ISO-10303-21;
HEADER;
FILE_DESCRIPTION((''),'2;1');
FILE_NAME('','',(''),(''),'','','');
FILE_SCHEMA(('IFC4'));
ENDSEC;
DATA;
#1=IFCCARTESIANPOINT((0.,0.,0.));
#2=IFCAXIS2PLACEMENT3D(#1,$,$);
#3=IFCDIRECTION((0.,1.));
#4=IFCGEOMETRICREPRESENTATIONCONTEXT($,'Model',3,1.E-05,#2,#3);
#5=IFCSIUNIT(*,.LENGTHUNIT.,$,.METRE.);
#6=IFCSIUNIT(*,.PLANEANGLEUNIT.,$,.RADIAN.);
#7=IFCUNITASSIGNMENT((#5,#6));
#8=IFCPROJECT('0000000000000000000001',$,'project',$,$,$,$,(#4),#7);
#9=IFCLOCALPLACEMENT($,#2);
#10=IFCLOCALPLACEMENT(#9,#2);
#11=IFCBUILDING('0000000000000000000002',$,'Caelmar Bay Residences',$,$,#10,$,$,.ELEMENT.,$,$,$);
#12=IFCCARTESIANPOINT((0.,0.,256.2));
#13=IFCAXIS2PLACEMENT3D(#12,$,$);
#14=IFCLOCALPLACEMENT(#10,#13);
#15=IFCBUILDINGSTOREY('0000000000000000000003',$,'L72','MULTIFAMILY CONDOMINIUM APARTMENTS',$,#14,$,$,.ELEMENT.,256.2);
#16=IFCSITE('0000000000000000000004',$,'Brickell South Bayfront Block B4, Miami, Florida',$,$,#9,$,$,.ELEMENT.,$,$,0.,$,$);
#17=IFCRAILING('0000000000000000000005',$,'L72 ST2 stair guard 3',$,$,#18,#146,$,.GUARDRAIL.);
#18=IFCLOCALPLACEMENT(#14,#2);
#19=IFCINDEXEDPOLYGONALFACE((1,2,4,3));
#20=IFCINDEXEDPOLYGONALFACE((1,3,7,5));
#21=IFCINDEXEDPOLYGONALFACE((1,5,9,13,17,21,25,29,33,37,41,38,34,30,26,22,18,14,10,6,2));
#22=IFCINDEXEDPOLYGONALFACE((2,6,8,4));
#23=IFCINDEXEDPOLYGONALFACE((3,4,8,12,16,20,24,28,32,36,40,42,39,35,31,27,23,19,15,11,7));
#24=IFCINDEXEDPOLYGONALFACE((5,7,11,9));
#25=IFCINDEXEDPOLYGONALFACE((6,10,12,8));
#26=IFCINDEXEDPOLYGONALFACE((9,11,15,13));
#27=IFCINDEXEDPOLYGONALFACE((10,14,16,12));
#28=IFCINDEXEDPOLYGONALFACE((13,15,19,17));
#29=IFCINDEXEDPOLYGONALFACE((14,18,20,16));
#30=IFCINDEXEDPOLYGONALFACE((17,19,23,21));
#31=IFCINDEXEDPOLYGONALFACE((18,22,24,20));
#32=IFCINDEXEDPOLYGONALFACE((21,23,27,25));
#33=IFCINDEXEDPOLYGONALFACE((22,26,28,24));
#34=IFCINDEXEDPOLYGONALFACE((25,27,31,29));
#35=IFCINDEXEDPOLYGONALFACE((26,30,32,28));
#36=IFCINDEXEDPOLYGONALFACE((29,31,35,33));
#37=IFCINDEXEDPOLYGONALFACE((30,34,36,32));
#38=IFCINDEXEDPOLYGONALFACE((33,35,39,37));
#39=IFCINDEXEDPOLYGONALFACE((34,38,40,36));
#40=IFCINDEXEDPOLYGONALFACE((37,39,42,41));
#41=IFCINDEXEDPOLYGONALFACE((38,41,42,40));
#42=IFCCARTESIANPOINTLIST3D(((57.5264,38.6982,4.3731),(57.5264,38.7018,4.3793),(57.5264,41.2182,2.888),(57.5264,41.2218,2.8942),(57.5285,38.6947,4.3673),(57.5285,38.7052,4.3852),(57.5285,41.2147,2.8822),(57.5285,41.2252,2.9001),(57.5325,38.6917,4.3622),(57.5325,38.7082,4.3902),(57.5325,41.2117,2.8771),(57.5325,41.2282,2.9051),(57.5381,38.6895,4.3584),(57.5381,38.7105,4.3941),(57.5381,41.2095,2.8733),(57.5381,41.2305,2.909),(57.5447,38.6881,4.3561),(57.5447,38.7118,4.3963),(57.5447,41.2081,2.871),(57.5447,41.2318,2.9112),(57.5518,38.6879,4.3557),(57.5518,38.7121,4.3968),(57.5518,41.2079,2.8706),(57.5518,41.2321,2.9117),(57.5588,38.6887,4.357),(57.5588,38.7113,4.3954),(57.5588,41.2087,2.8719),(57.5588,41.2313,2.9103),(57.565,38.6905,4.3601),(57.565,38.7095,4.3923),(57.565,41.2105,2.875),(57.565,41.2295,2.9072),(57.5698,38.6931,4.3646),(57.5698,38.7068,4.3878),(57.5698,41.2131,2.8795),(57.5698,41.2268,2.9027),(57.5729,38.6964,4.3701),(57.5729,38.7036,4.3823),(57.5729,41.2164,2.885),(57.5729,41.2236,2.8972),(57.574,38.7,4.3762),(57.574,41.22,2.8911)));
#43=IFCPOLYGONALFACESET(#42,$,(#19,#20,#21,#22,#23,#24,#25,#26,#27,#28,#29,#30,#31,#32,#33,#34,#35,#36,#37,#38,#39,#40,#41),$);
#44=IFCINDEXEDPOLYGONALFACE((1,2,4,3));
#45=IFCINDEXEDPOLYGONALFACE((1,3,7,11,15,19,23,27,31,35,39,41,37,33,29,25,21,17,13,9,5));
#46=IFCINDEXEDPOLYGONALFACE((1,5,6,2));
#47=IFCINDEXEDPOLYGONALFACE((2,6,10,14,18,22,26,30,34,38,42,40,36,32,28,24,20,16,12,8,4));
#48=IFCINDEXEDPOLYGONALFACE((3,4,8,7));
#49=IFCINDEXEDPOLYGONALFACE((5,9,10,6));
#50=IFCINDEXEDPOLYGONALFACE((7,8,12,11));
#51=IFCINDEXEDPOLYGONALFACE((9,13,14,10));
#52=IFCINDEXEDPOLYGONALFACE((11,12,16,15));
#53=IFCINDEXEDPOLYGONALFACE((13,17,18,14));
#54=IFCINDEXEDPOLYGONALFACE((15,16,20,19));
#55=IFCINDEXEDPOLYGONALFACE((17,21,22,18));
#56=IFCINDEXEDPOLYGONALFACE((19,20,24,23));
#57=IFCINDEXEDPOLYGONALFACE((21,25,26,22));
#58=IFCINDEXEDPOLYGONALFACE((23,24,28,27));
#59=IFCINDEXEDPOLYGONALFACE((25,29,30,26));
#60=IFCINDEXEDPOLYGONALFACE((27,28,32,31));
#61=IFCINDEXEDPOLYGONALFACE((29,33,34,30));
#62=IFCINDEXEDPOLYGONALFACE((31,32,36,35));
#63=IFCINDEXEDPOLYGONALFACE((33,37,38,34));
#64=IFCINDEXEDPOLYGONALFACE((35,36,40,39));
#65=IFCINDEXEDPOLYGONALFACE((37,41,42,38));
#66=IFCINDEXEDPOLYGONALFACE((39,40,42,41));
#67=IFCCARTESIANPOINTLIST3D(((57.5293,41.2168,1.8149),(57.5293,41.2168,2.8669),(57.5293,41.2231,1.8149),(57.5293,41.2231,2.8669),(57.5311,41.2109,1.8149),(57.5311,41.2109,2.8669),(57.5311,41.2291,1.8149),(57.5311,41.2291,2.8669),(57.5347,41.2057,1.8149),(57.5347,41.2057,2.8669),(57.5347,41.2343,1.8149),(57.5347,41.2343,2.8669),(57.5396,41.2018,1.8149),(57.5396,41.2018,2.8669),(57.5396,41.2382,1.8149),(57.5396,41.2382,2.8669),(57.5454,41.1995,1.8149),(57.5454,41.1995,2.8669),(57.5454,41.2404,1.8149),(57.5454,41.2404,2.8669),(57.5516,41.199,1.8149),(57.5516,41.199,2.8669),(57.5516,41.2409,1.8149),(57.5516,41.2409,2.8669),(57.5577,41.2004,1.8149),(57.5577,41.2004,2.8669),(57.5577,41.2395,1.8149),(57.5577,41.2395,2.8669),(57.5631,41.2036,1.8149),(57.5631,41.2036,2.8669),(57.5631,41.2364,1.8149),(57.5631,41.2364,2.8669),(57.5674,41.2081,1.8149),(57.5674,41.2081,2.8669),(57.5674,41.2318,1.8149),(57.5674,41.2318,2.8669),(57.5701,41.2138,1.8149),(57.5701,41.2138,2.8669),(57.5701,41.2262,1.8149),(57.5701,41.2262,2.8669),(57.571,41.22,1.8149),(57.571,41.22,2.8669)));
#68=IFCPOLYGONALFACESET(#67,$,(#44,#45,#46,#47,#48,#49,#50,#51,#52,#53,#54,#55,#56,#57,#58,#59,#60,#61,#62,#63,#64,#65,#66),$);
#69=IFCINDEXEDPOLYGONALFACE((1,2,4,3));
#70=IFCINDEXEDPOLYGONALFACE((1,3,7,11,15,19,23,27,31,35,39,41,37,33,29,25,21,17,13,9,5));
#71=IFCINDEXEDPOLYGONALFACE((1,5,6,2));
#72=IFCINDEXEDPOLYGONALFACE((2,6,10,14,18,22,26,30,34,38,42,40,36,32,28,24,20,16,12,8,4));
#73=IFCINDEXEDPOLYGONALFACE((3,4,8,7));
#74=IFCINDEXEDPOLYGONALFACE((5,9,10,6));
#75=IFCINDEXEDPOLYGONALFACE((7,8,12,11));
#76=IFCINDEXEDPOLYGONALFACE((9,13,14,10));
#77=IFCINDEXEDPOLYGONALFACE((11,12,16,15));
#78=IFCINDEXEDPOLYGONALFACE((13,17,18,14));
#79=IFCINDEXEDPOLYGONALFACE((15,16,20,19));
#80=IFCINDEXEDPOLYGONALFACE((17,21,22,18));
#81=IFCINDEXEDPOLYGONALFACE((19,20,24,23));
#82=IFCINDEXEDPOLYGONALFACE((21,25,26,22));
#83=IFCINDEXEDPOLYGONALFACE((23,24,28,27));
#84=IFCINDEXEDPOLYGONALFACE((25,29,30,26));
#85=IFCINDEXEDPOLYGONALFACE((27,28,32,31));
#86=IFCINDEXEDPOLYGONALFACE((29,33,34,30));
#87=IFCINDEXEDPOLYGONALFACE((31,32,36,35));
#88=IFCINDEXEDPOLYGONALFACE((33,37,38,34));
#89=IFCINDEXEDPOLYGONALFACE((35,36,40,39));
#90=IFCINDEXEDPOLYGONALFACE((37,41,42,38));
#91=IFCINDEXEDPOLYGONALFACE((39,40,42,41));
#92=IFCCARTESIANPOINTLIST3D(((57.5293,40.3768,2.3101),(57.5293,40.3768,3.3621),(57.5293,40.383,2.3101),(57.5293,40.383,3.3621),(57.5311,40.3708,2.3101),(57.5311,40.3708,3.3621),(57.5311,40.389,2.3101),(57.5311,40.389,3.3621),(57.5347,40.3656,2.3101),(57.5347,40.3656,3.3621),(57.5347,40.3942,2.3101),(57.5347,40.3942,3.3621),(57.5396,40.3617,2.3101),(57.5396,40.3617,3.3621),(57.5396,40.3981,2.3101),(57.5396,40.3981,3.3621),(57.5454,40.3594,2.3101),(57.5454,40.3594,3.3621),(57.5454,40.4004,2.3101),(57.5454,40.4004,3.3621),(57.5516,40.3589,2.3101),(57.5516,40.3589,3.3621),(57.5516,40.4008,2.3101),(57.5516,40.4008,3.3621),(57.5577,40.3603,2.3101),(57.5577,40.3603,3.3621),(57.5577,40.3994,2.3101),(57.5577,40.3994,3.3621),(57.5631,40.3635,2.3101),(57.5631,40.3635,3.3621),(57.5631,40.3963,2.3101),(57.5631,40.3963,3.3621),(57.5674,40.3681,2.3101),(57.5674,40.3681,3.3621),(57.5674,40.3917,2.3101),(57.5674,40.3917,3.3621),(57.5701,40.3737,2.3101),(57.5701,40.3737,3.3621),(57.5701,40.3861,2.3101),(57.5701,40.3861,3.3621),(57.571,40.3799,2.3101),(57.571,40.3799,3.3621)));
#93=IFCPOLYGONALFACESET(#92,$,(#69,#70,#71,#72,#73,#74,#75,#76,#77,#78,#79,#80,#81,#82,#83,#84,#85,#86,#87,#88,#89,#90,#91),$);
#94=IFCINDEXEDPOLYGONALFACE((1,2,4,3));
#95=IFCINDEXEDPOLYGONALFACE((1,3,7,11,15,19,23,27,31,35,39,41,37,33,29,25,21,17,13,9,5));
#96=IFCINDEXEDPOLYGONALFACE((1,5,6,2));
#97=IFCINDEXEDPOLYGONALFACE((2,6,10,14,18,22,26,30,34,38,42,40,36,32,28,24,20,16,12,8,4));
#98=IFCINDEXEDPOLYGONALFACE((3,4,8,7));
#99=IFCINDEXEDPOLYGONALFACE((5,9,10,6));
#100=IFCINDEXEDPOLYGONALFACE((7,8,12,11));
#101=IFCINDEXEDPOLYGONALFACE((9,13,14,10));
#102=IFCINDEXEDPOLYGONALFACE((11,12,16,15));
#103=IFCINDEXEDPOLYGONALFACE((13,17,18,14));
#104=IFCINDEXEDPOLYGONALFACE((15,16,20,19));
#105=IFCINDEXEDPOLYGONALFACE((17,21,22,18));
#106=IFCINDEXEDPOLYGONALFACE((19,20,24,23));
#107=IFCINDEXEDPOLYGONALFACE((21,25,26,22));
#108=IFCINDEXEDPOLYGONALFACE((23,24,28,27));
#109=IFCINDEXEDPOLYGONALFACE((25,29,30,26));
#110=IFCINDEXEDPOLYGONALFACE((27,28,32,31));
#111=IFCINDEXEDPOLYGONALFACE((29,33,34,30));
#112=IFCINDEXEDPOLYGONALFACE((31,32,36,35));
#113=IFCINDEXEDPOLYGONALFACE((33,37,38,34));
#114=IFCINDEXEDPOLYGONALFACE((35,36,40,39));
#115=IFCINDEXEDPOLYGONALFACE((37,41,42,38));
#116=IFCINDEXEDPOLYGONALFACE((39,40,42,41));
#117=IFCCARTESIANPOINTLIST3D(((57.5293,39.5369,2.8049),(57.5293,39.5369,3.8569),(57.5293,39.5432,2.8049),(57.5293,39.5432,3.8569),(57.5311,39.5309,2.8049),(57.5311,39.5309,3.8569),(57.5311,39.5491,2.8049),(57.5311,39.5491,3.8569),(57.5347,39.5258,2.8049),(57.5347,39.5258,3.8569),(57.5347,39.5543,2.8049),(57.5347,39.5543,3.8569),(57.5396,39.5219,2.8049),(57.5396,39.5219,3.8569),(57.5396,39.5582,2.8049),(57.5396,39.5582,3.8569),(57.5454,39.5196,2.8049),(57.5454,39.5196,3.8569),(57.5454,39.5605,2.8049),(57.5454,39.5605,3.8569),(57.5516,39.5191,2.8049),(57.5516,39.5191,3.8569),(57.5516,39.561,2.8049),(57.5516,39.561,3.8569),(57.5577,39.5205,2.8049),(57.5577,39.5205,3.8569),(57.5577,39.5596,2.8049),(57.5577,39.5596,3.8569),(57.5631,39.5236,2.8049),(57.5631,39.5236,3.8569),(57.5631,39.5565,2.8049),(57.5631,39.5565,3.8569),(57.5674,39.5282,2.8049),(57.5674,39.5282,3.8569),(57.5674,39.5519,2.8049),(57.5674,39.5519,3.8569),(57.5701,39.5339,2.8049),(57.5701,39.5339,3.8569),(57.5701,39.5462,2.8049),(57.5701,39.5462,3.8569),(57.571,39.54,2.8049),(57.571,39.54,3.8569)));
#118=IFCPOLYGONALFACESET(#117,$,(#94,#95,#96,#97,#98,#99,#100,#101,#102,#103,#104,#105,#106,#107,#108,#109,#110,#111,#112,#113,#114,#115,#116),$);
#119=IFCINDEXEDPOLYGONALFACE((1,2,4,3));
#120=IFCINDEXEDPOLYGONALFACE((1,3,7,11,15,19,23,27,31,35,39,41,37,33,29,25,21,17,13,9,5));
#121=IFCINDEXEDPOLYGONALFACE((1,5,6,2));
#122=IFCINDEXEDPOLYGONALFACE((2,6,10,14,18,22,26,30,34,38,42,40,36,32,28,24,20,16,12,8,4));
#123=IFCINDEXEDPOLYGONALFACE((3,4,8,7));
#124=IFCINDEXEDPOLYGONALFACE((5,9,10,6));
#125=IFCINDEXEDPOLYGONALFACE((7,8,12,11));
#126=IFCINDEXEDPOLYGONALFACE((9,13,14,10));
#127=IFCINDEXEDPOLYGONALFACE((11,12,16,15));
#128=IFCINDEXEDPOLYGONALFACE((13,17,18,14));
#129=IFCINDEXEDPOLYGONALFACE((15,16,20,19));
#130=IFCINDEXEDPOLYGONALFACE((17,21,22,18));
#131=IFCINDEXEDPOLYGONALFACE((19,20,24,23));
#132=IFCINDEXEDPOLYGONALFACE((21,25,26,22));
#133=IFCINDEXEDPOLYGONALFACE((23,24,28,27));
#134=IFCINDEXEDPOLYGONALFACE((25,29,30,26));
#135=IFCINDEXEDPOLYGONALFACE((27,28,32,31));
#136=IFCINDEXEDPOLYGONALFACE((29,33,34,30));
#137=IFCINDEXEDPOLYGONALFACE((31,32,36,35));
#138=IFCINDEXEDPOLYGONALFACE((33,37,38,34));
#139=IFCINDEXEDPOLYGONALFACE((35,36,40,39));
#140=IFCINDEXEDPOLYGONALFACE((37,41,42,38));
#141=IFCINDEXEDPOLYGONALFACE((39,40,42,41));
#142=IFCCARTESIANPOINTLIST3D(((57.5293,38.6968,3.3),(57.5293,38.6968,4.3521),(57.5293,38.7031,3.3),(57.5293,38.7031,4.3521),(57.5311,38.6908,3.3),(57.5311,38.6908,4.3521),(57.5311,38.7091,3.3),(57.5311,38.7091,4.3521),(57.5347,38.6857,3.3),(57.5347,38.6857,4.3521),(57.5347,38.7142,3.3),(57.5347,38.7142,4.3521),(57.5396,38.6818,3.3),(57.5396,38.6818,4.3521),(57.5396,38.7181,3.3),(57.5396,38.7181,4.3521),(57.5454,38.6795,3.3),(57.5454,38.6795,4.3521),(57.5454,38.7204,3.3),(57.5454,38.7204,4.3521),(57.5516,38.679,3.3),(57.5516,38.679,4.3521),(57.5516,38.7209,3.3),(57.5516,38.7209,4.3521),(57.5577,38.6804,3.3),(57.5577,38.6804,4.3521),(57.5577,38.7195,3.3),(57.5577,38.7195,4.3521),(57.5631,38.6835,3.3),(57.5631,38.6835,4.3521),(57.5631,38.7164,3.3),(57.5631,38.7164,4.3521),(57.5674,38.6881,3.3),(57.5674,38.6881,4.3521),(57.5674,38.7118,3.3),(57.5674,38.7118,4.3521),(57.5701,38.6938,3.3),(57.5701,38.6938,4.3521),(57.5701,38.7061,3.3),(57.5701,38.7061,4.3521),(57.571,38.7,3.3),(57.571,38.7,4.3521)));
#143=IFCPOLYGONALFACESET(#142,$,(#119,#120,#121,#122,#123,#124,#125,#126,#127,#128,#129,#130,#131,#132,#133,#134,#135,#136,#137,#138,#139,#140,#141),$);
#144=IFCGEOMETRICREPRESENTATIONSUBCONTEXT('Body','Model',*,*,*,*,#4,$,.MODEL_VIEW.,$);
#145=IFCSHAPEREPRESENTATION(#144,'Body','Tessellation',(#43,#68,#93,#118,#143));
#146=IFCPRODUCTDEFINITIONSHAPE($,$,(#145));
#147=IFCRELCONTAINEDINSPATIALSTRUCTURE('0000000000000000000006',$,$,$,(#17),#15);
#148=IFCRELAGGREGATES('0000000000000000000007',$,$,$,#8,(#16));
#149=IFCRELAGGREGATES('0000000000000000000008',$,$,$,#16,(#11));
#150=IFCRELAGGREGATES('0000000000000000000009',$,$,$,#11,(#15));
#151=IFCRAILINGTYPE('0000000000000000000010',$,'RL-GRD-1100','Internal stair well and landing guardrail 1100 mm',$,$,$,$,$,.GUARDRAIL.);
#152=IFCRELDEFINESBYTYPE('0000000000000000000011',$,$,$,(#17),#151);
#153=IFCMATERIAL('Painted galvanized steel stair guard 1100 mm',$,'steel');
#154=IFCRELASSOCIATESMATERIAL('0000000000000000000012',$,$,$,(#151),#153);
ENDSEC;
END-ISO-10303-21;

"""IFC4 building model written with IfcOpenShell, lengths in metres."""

from ifc_helpers import new_model, si_unit, direction, frame, origin, origin_2d, place, context, subcontext, project, spatial, circle, extrude, material, type_object, element, save


model = new_model("IFC4")

# Units and contexts
model_context = context("Model", 3, precision=1e-05, world=origin(), true_north=direction((0.0, 1.0)))
body_context = subcontext(model_context, "Body", "Model", "MODEL_VIEW")
ifc_project = project(units=[si_unit("LENGTHUNIT", "METRE"), si_unit("PLANEANGLEUNIT", "RADIAN")], contexts=[model_context])

# Site, building, storey
site_placement = place(None, origin())
site = spatial("IfcSite", under=ifc_project, at=site_placement, Name="Brickell South Bayfront Block B4, Miami, Florida", CompositionType="ELEMENT", RefElevation=0.0)
building_placement = place(site_placement, origin())
building = spatial("IfcBuilding", under=site, at=building_placement, Name="Caelmar Bay Residences", CompositionType="ELEMENT")
storey_placement = place(building_placement, frame((0.0, 0.0, 256.2)))
storey = spatial("IfcBuildingStorey", under=building, at=storey_placement, Name="L72", Description="MULTIFAMILY CONDOMINIUM APARTMENTS", CompositionType="ELEMENT", Elevation=256.2)

# Railing
ifc_material_1 = material(Name="Painted galvanized steel stair guard 1100 mm", Category="steel")
railing_type_1 = type_object("IfcRailingType", Name="RL-GRD-1100", Description="Internal stair well and landing guardrail 1100 mm", PredefinedType="GUARDRAIL", material=ifc_material_1)
railing_1_placement = place(storey_placement, frame((57.55, 41.22, 1.8149)))
element("IfcRailing", 1, at=railing_1_placement, inside=storey, type_object=railing_type_1, Name="L72 ST2 stair guard 3", PredefinedType="GUARDRAIL", context=body_context, shape_type="SweptSolid", body=[
    extrude(circle(Radius=0.0239, at=origin_2d()), frame((0.0, 0.0, 1.0762), z_axis=(0.0, -0.861524, 0.507717), x_axis=(1.0, 0.0, 0.0)), (0.0, 0.0, 1.0), 2.925),
    extrude(circle(Radius=0.021, at=origin_2d()), origin(), (0.0, 0.0, 1.0), 1.052),
    extrude(circle(Radius=0.021, at=origin_2d()), frame((0.0, -0.8401, 0.4951)), (0.0, 0.0, 1.0), 1.052),
    extrude(circle(Radius=0.021, at=origin_2d()), frame((0.0, -1.6799, 0.99)), (0.0, 0.0, 1.0), 1.052),
    extrude(circle(Radius=0.021, at=origin_2d()), frame((0.0, -2.52, 1.4851)), (0.0, 0.0, 1.0), 1.052),
])

save(model, "model.ifc")
